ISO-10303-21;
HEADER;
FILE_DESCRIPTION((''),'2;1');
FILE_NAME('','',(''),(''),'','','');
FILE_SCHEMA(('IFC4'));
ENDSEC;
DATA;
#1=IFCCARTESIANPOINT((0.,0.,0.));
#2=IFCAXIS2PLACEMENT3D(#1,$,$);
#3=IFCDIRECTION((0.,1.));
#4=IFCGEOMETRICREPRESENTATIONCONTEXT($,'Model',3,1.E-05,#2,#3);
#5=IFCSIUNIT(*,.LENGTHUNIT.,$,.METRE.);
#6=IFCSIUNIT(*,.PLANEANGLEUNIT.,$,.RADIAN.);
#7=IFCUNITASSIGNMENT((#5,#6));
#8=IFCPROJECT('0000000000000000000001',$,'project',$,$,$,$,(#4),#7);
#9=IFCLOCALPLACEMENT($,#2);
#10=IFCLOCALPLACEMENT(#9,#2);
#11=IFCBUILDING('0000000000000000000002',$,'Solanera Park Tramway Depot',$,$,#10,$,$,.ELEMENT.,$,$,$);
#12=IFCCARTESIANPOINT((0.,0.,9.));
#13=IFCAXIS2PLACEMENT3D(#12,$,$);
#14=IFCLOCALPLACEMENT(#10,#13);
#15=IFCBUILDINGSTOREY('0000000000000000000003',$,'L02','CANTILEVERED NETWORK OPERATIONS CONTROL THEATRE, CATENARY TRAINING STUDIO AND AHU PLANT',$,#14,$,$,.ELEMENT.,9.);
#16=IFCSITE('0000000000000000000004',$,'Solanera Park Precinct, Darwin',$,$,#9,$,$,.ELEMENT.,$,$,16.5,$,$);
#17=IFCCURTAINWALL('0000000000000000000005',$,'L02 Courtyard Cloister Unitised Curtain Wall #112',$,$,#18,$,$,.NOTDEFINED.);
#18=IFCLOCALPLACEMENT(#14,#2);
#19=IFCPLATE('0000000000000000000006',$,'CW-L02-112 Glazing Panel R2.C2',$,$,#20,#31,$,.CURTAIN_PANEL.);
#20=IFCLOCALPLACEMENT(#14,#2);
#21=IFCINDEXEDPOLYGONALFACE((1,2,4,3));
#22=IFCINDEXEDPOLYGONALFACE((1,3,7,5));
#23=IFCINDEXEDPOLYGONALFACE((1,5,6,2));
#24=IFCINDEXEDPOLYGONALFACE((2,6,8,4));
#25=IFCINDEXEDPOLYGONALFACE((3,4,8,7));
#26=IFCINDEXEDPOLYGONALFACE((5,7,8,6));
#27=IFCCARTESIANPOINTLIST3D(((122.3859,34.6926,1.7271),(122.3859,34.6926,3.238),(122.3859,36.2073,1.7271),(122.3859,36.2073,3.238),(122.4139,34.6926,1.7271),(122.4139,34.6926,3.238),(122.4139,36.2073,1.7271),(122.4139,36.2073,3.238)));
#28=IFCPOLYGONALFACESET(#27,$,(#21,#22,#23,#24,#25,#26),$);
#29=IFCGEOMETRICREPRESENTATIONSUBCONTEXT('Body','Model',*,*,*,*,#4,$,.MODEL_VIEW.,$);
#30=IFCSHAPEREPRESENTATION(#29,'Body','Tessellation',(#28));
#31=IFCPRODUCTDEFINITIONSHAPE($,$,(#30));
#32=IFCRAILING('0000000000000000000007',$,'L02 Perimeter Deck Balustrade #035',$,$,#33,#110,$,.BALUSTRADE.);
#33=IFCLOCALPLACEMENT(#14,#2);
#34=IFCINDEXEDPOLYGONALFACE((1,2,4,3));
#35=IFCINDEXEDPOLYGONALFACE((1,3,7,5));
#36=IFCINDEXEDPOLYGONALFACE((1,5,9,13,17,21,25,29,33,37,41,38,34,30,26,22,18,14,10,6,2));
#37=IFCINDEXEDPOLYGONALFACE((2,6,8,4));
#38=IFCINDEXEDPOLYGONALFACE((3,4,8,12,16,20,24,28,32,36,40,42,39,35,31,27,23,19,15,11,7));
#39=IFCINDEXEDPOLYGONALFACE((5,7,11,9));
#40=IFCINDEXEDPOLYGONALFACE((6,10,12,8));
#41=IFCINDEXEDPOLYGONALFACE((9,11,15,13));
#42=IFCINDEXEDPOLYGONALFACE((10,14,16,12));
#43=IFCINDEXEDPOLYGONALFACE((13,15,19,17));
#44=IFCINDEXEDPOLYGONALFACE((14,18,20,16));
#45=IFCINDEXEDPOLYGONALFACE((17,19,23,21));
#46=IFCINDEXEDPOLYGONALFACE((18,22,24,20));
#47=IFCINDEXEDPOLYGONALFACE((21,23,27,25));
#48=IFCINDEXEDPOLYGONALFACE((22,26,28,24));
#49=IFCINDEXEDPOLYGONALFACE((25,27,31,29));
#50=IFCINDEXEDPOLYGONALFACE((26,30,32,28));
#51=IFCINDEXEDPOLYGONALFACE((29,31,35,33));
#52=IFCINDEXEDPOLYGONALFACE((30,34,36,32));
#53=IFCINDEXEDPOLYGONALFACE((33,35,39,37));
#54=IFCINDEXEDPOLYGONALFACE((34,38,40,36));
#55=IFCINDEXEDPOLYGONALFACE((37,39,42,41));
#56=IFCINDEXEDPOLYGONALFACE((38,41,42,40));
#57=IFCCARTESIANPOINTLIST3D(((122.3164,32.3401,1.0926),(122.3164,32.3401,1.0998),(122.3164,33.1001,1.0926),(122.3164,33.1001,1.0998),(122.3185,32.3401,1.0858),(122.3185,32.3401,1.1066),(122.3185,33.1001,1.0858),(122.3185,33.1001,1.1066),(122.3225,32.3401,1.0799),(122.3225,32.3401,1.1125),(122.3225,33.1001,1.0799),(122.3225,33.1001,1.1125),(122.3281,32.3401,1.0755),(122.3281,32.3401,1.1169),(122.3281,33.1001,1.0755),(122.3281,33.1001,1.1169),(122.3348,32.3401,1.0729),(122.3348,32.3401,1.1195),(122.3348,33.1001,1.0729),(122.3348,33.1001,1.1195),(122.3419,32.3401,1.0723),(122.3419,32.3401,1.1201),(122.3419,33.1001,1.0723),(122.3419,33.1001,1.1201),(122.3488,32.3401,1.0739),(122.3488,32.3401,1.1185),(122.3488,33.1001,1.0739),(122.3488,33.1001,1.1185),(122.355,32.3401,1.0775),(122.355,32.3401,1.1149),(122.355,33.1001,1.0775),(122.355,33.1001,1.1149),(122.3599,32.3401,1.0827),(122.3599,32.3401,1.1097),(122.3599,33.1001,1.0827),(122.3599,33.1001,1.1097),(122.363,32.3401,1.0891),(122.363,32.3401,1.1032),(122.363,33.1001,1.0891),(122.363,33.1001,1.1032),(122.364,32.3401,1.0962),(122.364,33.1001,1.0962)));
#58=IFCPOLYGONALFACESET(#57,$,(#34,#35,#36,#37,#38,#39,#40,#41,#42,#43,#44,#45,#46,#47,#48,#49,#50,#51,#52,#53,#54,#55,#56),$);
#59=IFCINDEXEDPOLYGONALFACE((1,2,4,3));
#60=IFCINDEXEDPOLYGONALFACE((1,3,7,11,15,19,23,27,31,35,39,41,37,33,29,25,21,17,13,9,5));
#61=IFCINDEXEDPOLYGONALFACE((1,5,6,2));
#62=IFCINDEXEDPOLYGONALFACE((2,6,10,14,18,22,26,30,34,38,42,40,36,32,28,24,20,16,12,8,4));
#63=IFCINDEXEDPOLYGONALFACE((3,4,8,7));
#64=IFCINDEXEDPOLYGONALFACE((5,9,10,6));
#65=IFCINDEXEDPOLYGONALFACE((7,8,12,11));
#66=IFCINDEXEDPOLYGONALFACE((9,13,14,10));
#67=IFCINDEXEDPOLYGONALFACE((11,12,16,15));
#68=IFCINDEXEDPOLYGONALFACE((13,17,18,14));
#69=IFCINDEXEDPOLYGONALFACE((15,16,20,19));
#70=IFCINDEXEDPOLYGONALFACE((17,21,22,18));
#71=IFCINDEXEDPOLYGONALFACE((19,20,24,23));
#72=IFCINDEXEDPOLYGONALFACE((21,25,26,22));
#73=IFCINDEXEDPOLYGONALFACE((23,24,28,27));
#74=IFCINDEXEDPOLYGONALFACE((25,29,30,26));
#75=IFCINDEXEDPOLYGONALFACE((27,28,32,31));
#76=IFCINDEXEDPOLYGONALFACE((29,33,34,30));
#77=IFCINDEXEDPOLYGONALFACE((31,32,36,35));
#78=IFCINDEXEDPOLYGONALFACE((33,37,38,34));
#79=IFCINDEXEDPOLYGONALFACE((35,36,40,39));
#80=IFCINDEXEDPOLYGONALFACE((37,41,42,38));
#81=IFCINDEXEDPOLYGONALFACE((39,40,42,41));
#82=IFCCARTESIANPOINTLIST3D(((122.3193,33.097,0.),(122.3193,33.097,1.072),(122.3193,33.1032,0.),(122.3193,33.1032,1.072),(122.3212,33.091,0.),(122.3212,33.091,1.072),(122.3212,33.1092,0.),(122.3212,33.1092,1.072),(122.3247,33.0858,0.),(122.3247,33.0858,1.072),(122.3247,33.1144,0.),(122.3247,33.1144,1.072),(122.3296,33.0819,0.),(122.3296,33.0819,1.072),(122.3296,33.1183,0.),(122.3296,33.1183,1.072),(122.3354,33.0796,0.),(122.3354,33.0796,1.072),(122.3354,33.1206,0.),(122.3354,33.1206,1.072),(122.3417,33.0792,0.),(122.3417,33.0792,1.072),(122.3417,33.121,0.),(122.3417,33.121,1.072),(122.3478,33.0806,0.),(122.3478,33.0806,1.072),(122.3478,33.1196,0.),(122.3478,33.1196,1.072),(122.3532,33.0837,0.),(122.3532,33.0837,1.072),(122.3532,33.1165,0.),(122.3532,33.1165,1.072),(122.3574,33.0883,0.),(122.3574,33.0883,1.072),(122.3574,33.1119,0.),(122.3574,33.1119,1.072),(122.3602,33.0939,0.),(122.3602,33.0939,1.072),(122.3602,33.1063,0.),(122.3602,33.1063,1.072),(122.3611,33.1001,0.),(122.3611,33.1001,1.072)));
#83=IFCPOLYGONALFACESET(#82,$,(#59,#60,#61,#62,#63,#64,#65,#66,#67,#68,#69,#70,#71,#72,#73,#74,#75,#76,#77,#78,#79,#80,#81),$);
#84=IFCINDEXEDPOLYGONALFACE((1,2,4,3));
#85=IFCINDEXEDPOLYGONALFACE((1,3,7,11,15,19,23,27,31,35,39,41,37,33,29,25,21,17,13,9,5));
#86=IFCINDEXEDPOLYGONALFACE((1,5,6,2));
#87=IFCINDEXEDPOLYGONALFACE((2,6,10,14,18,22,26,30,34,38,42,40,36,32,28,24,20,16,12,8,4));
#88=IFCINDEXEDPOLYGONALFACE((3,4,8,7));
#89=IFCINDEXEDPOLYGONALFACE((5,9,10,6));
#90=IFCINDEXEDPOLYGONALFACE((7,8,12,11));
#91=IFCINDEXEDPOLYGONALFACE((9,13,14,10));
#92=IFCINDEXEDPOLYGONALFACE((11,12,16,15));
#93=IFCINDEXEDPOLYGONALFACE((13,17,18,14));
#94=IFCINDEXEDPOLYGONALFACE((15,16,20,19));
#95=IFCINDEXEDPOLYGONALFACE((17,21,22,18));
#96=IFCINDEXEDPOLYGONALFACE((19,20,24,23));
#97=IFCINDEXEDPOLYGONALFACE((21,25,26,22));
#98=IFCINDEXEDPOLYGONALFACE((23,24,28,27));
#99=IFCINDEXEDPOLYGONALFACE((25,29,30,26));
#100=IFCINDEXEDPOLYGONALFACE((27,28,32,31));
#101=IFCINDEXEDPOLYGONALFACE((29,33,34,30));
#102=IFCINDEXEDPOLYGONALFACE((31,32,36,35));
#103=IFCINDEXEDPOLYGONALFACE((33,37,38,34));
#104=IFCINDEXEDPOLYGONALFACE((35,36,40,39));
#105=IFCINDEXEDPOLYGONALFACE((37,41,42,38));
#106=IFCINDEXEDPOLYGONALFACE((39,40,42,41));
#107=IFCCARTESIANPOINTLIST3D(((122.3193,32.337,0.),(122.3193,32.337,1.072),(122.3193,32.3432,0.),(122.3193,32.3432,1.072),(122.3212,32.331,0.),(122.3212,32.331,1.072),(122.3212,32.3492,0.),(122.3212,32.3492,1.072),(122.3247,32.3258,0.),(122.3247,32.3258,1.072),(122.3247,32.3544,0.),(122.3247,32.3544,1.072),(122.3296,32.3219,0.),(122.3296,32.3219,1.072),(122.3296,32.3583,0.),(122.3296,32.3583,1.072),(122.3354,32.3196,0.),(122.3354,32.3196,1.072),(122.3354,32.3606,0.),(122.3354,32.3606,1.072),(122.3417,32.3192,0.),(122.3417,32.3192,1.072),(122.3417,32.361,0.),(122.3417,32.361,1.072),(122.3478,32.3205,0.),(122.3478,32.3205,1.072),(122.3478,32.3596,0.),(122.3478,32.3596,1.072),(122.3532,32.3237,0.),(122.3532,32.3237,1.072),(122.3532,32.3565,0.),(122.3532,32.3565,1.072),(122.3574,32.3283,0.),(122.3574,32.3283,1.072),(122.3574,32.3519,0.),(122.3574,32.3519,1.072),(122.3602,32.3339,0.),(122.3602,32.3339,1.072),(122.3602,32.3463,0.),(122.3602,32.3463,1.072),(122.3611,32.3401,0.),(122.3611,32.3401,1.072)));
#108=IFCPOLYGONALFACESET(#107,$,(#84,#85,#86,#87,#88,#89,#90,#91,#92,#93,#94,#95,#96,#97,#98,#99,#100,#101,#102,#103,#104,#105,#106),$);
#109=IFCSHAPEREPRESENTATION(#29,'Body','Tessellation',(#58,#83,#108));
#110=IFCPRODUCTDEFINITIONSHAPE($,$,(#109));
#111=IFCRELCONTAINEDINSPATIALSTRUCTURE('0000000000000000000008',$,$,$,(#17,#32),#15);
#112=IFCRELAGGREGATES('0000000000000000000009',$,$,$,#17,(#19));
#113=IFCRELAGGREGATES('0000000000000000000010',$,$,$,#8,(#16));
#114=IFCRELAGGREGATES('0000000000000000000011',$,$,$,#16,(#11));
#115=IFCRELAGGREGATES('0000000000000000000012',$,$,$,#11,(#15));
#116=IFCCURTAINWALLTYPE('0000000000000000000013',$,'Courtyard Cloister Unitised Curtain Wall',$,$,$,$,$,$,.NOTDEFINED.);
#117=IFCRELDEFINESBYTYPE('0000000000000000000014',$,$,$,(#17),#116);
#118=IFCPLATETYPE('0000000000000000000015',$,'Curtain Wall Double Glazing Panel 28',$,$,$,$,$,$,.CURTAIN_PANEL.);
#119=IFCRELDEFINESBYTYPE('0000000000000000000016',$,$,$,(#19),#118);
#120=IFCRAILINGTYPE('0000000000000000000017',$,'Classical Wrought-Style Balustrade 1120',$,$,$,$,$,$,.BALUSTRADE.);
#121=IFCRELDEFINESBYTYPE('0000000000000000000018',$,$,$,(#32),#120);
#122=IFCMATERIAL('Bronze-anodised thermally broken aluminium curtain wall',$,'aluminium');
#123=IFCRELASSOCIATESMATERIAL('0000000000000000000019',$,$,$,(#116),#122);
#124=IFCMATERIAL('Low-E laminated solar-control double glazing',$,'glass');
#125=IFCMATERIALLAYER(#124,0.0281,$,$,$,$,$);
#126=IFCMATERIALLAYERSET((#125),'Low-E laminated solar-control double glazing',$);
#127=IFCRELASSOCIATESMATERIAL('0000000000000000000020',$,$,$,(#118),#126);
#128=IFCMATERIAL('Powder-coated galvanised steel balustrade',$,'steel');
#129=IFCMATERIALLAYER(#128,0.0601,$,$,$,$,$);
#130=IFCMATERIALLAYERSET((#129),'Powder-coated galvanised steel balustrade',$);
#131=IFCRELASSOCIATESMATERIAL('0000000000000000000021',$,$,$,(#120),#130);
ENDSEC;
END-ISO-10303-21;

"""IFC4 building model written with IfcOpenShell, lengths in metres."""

from ifc_helpers import new_model, si_unit, direction, frame, origin, origin_2d, place, context, subcontext, project, spatial, rectangle, circle, extrude, material, layer, layer_set, type_object, element, aggregate, save


model = new_model("IFC4")

# Units and contexts
model_context = context("Model", 3, precision=1e-05, world=origin(), true_north=direction((0.0, 1.0)))
body_context = subcontext(model_context, "Body", "Model", "MODEL_VIEW")
ifc_project = project(units=[si_unit("LENGTHUNIT", "METRE"), si_unit("PLANEANGLEUNIT", "RADIAN")], contexts=[model_context])

# Site, building, storey
site_placement = place(None, origin())
site = spatial("IfcSite", under=ifc_project, at=site_placement, Name="Solanera Park Precinct, Darwin", CompositionType="ELEMENT", RefElevation=16.5)
building_placement = place(site_placement, origin())
building = spatial("IfcBuilding", under=site, at=building_placement, Name="Solanera Park Tramway Depot", CompositionType="ELEMENT")
storey_placement = place(building_placement, frame((0.0, 0.0, 9.0)))
storey = spatial("IfcBuildingStorey", under=building, at=storey_placement, Name="L02", Description="CANTILEVERED NETWORK OPERATIONS CONTROL THEATRE, CATENARY TRAINING STUDIO AND AHU PLANT", CompositionType="ELEMENT", Elevation=9.0)

# Curtain wall
ifc_material_1 = material(Name="Bronze-anodised thermally broken aluminium curtain wall", Category="aluminium")
curtain_wall_type = type_object("IfcCurtainWallType", Name="Courtyard Cloister Unitised Curtain Wall", PredefinedType="NOTDEFINED", material=ifc_material_1)
curtain_wall_1_placement = place(storey_placement, origin())
curtain_wall_1 = element("IfcCurtainWall", 1, at=curtain_wall_1_placement, inside=storey, type_object=curtain_wall_type, Name="L02 Courtyard Cloister Unitised Curtain Wall #112", PredefinedType="NOTDEFINED")

# Plate
ifc_material_2 = material(Name="Low-E laminated solar-control double glazing", Category="glass")
ifc_layer_1 = layer(ifc_material_2, 0.0281)
ifc_layer_set_1 = layer_set([ifc_layer_1], Name="Low-E laminated solar-control double glazing")
plate_type = type_object("IfcPlateType", Name="Curtain Wall Double Glazing Panel 28", PredefinedType="CURTAIN_PANEL", material=ifc_layer_set_1)
plate_1_placement = place(storey_placement, frame((122.3999, 35.45, 1.7271), z_axis=(0.0, 0.0, 1.0), x_axis=(0.0, 1.0, 0.0)))
plate_1 = element("IfcPlate", 2, at=plate_1_placement, type_object=plate_type, Name="CW-L02-112 Glazing Panel R2.C2", PredefinedType="CURTAIN_PANEL", context=body_context, shape_type="SweptSolid", body=[
    extrude(rectangle(XDim=1.5146, YDim=0.0281, at=origin_2d()), origin(), (0.0, 0.0, 1.0), 1.511),
])
aggregate(curtain_wall_1, [plate_1])

# Railing
ifc_material_3 = material(Name="Powder-coated galvanised steel balustrade", Category="steel")
ifc_layer_2 = layer(ifc_material_3, 0.0601)
ifc_layer_set_2 = layer_set([ifc_layer_2], Name="Powder-coated galvanised steel balustrade")
railing_type = type_object("IfcRailingType", Name="Classical Wrought-Style Balustrade 1120", PredefinedType="BALUSTRADE", material=ifc_layer_set_2)
railing_placement = place(storey_placement, frame((122.3401, 33.1001, 0.0)))
element("IfcRailing", 3, at=railing_placement, inside=storey, type_object=railing_type, Name="L02 Perimeter Deck Balustrade #035", PredefinedType="BALUSTRADE", context=body_context, shape_type="SweptSolid", body=[
    extrude(circle(Radius=0.0239, at=origin_2d()), frame((0.0, 0.0, 1.0962), z_axis=(0.0, -1.0, 0.0), x_axis=(1.0, 0.0, 0.0)), (0.0, 0.0, 1.0), 0.76),
    extrude(circle(Radius=0.021, at=origin_2d()), origin(), (0.0, 0.0, 1.0), 1.072),
    extrude(circle(Radius=0.021, at=origin_2d()), frame((0.0, -0.76, 0.0)), (0.0, 0.0, 1.0), 1.072),
])

save(model, "model.ifc")
